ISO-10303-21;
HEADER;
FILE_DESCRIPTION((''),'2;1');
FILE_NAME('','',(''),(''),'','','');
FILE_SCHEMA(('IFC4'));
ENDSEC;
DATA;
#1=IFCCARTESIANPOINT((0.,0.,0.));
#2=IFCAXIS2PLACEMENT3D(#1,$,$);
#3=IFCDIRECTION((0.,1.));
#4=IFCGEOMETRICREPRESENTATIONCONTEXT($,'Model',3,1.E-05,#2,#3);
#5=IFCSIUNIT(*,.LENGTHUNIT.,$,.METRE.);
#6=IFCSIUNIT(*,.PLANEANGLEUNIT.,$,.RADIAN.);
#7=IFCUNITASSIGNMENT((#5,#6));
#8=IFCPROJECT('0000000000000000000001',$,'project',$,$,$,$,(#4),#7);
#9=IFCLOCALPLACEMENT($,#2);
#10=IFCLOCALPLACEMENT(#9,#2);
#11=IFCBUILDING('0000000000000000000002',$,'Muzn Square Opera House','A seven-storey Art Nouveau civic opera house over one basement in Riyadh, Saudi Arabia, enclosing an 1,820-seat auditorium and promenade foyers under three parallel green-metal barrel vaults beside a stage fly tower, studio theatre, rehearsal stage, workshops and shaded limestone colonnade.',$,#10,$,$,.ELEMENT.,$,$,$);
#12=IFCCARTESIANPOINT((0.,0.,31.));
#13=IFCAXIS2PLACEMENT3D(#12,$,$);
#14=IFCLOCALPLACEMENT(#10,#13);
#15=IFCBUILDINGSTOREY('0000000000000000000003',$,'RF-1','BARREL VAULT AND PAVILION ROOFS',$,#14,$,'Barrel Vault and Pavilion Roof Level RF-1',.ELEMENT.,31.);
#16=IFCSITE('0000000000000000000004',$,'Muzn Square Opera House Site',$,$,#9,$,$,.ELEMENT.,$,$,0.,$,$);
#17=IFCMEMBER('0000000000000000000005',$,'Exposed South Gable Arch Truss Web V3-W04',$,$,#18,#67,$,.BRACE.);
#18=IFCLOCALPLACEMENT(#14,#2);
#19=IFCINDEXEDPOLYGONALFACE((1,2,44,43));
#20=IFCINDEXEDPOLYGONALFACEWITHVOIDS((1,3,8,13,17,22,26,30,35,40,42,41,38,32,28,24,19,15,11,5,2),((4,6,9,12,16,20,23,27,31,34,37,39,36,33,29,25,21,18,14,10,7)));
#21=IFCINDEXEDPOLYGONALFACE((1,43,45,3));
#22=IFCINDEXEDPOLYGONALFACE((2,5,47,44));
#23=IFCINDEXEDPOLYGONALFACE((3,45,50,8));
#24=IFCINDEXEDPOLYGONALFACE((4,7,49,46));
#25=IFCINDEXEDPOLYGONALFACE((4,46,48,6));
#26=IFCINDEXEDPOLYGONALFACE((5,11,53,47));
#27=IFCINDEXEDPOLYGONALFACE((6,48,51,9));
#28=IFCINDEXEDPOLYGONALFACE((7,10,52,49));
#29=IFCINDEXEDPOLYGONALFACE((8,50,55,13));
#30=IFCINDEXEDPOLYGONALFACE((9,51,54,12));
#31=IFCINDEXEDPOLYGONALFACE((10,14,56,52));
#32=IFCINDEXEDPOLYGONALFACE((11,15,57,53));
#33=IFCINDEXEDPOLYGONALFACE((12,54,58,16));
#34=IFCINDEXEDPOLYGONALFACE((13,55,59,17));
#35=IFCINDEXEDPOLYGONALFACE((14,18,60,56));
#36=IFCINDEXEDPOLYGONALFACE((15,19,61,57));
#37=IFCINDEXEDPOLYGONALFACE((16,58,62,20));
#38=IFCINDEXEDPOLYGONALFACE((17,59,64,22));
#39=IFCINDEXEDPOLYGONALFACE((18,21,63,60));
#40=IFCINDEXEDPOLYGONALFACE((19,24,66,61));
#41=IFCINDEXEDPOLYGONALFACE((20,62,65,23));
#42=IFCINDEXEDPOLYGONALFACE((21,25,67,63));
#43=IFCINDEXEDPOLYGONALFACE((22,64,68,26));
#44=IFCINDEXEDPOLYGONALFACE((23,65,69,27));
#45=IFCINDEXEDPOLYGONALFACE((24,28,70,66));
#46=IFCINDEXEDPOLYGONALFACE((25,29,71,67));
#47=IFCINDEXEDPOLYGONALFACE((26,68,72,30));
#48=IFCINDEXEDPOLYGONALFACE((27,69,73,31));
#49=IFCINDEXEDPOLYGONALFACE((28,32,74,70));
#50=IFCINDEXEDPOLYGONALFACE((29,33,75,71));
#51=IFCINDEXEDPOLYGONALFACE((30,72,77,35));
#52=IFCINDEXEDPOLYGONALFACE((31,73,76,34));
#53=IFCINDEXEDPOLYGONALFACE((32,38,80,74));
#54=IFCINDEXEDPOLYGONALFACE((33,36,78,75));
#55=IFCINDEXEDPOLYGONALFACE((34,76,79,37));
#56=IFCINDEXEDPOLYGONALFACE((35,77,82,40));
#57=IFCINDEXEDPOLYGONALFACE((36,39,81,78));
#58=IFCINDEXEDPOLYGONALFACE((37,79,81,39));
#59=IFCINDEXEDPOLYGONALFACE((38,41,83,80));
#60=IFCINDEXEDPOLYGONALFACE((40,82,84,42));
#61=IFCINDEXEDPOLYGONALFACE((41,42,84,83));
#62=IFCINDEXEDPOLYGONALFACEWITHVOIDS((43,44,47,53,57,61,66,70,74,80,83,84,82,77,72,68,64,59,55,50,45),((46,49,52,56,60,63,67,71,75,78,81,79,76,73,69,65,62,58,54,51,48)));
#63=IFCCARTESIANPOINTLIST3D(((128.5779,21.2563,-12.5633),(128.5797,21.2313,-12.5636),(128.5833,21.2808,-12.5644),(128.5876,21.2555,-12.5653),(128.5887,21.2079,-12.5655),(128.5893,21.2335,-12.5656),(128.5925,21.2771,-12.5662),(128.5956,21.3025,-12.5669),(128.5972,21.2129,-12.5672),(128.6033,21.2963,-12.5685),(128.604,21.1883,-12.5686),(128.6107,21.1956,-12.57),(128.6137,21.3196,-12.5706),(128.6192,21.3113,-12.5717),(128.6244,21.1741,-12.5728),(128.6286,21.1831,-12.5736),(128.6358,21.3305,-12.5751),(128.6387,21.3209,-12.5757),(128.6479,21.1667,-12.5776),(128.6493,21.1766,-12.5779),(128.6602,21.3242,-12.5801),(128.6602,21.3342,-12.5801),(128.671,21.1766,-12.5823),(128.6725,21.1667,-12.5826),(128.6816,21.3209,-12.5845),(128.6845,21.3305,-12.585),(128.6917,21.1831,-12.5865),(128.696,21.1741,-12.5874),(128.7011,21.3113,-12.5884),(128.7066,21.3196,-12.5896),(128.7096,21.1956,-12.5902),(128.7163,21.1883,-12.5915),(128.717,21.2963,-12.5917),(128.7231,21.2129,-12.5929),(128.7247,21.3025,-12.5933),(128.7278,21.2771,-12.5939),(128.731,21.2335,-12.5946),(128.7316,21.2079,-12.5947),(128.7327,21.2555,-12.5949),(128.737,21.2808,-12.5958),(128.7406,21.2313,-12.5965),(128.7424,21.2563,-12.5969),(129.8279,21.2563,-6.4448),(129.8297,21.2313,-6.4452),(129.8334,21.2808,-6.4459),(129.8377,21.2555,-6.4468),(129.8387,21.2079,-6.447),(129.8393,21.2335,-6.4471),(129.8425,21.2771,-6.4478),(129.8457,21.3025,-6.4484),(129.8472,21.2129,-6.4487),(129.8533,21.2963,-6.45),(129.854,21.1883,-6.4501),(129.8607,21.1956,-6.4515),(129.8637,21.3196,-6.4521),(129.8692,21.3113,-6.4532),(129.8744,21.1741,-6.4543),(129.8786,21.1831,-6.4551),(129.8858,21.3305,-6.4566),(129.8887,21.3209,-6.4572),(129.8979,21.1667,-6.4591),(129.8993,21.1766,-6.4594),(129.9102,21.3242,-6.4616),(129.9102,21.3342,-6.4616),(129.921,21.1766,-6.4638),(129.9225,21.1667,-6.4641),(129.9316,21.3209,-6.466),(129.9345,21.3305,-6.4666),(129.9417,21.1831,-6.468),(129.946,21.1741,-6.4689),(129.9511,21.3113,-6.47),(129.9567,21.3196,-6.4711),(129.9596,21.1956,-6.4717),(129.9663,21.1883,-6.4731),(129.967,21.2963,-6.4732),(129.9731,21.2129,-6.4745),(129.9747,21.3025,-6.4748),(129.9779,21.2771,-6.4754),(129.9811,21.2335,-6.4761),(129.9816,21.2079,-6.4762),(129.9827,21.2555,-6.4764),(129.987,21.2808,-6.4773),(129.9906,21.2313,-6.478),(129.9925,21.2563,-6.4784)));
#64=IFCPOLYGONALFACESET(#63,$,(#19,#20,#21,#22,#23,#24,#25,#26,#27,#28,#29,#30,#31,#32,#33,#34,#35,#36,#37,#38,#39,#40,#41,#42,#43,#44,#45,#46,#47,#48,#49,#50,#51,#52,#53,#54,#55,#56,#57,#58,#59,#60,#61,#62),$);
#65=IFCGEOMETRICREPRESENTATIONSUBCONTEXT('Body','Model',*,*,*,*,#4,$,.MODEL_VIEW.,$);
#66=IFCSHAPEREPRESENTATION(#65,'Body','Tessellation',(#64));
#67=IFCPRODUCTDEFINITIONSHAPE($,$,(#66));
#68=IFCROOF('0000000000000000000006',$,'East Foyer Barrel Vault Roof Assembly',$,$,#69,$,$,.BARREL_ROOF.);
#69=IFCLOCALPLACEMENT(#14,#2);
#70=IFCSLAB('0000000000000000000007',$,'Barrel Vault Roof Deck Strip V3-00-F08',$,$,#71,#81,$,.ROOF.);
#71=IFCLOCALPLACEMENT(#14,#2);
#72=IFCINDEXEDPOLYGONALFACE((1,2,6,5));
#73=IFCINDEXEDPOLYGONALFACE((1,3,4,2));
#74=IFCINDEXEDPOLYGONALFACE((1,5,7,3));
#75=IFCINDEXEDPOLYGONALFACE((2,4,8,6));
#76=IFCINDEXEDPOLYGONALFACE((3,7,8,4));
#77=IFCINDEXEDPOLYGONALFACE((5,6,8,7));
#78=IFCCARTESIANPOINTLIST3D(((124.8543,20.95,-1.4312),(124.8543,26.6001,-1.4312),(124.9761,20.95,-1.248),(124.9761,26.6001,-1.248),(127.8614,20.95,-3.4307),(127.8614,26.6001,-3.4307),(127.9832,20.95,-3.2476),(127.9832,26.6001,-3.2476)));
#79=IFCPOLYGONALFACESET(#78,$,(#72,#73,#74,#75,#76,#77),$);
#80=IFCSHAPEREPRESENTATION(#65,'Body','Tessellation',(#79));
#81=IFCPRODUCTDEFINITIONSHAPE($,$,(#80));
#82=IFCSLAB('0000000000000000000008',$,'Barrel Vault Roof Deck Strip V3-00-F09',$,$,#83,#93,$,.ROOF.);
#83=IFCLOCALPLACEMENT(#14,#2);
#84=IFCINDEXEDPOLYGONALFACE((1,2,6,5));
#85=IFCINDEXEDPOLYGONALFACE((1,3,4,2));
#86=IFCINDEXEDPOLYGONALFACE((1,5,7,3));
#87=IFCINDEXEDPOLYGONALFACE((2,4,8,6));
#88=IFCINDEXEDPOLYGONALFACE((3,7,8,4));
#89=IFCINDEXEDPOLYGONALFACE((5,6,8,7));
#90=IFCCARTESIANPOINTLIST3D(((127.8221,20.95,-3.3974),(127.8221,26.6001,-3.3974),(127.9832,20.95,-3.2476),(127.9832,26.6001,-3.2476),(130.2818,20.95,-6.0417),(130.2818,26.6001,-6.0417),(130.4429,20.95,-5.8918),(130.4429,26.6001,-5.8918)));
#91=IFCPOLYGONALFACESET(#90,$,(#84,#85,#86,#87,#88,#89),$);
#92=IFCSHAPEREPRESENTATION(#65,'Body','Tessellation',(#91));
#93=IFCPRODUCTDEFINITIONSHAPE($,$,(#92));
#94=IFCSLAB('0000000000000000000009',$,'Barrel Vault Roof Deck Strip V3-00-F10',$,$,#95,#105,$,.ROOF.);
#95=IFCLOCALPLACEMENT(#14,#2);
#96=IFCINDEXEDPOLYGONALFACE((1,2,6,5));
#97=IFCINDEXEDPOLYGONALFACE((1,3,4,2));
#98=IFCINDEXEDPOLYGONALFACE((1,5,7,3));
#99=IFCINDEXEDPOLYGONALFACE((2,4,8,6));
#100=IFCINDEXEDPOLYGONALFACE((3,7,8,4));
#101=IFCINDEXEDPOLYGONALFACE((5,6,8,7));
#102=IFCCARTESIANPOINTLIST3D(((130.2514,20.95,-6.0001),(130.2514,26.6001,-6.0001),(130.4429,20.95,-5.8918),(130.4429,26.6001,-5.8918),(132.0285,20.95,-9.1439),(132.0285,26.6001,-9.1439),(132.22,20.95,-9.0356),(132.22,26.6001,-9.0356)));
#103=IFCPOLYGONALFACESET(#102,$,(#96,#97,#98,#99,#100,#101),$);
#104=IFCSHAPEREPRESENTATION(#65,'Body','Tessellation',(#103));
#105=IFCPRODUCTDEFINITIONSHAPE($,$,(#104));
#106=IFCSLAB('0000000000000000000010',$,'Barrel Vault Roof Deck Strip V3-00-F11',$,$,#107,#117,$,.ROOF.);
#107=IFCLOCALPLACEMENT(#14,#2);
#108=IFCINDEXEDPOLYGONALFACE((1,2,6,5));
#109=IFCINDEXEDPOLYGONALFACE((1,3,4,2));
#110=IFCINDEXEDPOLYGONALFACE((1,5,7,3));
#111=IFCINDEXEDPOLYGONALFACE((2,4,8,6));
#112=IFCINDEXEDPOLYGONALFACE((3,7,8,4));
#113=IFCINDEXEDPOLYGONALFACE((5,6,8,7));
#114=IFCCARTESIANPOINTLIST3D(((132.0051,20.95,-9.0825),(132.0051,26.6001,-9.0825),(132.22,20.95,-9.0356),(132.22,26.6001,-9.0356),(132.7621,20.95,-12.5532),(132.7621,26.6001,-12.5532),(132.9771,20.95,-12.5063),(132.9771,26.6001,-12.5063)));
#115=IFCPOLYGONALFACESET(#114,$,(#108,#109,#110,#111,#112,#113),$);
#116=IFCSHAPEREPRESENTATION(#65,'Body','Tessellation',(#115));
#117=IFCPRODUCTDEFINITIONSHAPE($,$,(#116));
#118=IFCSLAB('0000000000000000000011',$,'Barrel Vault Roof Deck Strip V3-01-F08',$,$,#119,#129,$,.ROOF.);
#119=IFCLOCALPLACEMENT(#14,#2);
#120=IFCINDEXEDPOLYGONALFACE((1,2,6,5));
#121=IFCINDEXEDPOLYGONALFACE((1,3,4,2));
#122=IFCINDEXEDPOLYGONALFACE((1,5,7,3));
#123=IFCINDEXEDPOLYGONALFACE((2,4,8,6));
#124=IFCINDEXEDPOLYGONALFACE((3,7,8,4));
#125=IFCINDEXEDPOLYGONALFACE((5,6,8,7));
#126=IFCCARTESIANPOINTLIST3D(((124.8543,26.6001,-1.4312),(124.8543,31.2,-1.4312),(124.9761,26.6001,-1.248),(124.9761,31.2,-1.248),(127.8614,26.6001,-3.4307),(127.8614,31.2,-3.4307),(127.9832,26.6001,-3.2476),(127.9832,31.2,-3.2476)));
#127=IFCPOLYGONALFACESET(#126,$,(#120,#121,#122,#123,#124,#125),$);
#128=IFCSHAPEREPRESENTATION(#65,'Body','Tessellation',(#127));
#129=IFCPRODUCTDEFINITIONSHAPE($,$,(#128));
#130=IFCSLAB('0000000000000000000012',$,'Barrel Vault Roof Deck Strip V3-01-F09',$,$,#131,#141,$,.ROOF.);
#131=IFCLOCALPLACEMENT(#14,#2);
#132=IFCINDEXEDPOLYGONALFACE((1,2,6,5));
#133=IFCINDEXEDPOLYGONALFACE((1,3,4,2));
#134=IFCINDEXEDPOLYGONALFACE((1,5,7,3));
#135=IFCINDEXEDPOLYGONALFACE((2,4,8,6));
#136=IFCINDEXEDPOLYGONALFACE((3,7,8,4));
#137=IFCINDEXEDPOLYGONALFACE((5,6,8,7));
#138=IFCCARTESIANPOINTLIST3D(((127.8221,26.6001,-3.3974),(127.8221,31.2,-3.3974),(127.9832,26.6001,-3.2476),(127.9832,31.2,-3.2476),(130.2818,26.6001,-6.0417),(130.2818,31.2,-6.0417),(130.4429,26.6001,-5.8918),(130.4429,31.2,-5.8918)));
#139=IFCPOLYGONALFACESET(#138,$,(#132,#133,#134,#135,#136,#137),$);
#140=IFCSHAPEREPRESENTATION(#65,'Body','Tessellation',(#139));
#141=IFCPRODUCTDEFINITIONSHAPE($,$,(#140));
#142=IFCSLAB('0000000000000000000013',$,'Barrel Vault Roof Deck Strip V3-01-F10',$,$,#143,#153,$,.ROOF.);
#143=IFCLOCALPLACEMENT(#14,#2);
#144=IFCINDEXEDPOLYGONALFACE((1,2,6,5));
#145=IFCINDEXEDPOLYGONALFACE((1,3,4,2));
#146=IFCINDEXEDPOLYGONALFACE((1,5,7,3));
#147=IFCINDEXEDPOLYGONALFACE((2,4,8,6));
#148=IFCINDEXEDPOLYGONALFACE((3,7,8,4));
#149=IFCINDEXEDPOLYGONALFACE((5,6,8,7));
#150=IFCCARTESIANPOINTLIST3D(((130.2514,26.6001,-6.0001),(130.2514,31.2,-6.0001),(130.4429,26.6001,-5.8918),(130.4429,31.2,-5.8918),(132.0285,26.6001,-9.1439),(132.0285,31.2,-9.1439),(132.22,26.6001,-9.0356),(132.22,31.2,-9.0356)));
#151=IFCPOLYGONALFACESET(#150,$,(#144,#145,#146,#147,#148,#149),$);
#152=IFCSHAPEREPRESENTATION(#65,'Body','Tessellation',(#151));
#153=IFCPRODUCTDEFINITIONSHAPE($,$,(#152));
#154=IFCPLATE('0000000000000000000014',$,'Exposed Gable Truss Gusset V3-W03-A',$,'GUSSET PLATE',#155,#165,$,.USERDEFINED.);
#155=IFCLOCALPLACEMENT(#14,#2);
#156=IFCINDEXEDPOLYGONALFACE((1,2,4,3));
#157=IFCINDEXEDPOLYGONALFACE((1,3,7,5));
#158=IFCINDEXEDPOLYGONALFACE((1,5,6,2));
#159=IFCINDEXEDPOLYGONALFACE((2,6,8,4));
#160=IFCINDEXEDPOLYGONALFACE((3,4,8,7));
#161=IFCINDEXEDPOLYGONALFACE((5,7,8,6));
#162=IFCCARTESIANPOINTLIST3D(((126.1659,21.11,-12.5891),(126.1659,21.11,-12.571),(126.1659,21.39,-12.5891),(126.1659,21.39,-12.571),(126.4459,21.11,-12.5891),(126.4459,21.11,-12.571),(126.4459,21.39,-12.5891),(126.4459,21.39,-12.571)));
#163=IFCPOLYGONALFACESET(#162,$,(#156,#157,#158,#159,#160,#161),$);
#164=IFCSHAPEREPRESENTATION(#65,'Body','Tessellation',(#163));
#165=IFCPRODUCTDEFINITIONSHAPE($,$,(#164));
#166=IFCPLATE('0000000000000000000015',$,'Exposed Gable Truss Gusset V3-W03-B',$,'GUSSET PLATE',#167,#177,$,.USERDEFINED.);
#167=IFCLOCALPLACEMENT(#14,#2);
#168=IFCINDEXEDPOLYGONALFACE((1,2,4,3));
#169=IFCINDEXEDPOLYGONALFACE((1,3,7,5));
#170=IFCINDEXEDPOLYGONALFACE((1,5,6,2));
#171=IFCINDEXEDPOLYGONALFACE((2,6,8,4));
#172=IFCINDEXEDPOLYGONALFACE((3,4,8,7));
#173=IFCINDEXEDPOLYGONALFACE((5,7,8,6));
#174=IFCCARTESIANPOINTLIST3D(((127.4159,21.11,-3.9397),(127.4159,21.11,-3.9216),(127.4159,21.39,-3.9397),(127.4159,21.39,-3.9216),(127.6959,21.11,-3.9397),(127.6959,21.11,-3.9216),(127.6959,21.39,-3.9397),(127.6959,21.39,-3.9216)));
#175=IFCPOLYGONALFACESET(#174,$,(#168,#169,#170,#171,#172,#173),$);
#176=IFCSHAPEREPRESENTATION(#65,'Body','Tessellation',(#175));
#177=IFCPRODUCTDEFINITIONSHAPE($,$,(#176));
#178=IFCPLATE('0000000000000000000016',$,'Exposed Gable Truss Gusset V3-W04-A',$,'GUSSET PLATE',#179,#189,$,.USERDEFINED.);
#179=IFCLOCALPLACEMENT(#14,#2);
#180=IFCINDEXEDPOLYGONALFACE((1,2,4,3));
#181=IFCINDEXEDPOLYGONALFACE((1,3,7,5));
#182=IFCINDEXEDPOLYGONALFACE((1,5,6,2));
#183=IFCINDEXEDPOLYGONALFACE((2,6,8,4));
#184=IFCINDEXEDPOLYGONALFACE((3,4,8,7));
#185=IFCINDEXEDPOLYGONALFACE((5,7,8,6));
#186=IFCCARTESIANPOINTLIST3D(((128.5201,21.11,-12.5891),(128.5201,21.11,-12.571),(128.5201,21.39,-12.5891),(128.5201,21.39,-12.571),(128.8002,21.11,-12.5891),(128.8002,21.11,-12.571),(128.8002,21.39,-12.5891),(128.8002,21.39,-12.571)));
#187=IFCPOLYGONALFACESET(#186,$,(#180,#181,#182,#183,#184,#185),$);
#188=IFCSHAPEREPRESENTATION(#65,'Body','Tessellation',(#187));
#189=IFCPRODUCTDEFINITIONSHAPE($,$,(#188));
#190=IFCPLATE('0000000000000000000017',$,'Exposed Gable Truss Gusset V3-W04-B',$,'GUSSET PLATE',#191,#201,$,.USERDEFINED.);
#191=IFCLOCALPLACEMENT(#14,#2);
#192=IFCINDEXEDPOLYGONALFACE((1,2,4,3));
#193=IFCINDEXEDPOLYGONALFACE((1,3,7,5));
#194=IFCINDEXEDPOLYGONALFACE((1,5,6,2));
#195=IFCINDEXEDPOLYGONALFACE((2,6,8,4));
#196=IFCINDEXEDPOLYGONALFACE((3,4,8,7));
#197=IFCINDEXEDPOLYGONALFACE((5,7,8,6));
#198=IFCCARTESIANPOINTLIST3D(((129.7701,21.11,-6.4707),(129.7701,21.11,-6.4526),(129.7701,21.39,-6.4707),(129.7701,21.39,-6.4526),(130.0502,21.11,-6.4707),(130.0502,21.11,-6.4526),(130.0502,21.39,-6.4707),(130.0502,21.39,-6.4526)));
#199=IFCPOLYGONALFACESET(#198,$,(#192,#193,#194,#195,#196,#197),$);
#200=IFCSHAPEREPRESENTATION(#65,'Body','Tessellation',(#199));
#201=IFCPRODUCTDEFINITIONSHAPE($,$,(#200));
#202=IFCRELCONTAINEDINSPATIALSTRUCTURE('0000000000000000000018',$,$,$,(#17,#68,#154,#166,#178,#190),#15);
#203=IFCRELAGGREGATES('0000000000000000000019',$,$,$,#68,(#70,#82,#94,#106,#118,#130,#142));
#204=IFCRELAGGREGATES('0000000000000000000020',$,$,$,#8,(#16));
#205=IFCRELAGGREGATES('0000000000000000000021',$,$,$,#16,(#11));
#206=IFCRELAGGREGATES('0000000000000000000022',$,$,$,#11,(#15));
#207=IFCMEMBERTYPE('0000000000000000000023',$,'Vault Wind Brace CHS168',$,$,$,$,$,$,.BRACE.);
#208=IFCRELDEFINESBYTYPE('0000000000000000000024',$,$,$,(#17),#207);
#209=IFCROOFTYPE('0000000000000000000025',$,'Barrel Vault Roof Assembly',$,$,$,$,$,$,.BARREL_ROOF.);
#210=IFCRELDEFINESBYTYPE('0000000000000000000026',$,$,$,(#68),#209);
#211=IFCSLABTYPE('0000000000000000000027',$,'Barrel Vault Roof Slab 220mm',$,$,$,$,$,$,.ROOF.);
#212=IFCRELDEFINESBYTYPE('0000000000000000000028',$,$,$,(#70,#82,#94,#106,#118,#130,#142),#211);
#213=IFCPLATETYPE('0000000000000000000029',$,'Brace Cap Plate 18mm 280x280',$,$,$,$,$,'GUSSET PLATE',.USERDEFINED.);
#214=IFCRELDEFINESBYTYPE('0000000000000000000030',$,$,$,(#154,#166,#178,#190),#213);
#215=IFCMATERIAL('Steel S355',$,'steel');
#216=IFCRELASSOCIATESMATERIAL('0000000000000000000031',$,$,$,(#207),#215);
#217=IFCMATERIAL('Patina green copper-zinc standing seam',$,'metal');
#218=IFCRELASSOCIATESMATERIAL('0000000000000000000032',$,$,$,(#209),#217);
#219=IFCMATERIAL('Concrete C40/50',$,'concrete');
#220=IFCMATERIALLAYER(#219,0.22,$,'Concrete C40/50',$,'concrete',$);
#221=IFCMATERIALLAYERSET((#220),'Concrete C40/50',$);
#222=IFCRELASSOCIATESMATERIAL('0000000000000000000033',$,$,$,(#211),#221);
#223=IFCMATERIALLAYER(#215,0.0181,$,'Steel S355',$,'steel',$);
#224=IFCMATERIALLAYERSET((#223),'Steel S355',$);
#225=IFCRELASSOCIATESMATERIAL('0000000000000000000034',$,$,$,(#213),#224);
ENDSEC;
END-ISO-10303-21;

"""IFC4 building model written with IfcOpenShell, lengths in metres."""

from ifc_helpers import new_model, si_unit, direction, frame, origin, origin_2d, place, context, subcontext, project, spatial, polyline, rectangle, hollow_circle, outline, extrude, material, layer, layer_set, material_profile, profile_set, type_object, element, aggregate, save


model = new_model("IFC4")

# Units and contexts
model_context = context("Model", 3, precision=1e-05, world=origin(), true_north=direction((0.0, 1.0)))
body_context = subcontext(model_context, "Body", "Model", "MODEL_VIEW")
ifc_project = project(units=[si_unit("LENGTHUNIT", "METRE"), si_unit("PLANEANGLEUNIT", "RADIAN")], contexts=[model_context])

# Site, building, storey
site_placement = place(None, origin())
site = spatial("IfcSite", under=ifc_project, at=site_placement, Name="Muzn Square Opera House Site", CompositionType="ELEMENT", RefElevation=0.0)
building_placement = place(site_placement, origin())
building = spatial("IfcBuilding", under=site, at=building_placement, Name="Muzn Square Opera House", Description="A seven-storey Art Nouveau civic opera house over one basement in Riyadh, Saudi Arabia, enclosing an 1,820-seat auditorium and promenade foyers under three parallel green-metal barrel vaults beside a stage fly tower, studio theatre, rehearsal stage, workshops and shaded limestone colonnade.", CompositionType="ELEMENT")
storey_placement = place(building_placement, frame((0.0, 0.0, 31.0)))
storey = spatial("IfcBuildingStorey", under=building, at=storey_placement, Name="RF-1", Description="BARREL VAULT AND PAVILION ROOFS", LongName="Barrel Vault and Pavilion Roof Level RF-1", CompositionType="ELEMENT", Elevation=31.0)

# Shared definitions
ifc_material_1 = material(Name="Steel S355", Category="steel")

# Member
ifc_material_profile_1 = material_profile(ifc_material_1, hollow_circle(Radius=0.0842, WallThickness=0.01, at=origin_2d()), Name="CHS 168.3x10", Category="steel")
ifc_profile_set_1 = profile_set([ifc_material_profile_1], Name="Steel S355")
member_type = type_object("IfcMemberType", Name="Vault Wind Brace CHS168", PredefinedType="BRACE", material=ifc_profile_set_1)
member_1_placement = place(storey_placement, frame((128.6602, 21.25, -12.5801), z_axis=(0.200167, 0.0, 0.979762), x_axis=(0.0, 1.0, 0.0)))
element("IfcMember", 1, at=member_1_placement, inside=storey, type_object=member_type, Name="Exposed South Gable Arch Truss Web V3-W04", PredefinedType="BRACE", context=body_context, shape_type="SweptSolid", body=[
    extrude(hollow_circle(Radius=0.0842, WallThickness=0.01, at=origin_2d()), origin(), (0.0, 0.0, 1.0), 6.2449),
])

# Roof, slabs
ifc_material_2 = material(Name="Patina green copper-zinc standing seam", Category="metal")
roof_type = type_object("IfcRoofType", Name="Barrel Vault Roof Assembly", PredefinedType="BARREL_ROOF", material=ifc_material_2)
roof_placement = place(storey_placement, origin())
roof = element("IfcRoof", 2, at=roof_placement, inside=storey, type_object=roof_type, Name="East Foyer Barrel Vault Roof Assembly", PredefinedType="BARREL_ROOF")
ifc_material_3 = material(Name="Concrete C40/50", Category="concrete")
ifc_layer_1 = layer(ifc_material_3, 0.22, Name="Concrete C40/50", Category="concrete")
ifc_layer_set_1 = layer_set([ifc_layer_1], Name="Concrete C40/50")
slab_type = type_object("IfcSlabType", Name="Barrel Vault Roof Slab 220mm", PredefinedType="ROOF", material=ifc_layer_set_1)
slab_1_placement = place(storey_placement, frame((124.9761, 20.95, -1.248), z_axis=(0.553701, 0.0, 0.832715), x_axis=(0.832715, 0.0, -0.553701)))
slab_1 = element("IfcSlab", 3, at=slab_1_placement, type_object=slab_type, Name="Barrel Vault Roof Deck Strip V3-00-F08", PredefinedType="ROOF", context=body_context, shape_type="SweptSolid", body=[
    extrude(outline(polyline([(0.0, 0.0), (3.6112, 0.0), (3.6112, 5.6501), (0.0, 5.6501), (0.0, 0.0)])), origin(), (0.0, 0.0, -1.0), 0.22),
])
slab_2_placement = place(storey_placement, frame((127.9832, 20.95, -3.2476), z_axis=(0.732198, 0.0, 0.681091), x_axis=(0.681091, 0.0, -0.732198)))
slab_2 = element("IfcSlab", 4, at=slab_2_placement, type_object=slab_type, Name="Barrel Vault Roof Deck Strip V3-00-F09", PredefinedType="ROOF", context=body_context, shape_type="SweptSolid", body=[
    extrude(outline(polyline([(0.0, 0.0), (3.6114, 0.0), (3.6114, 5.6501), (0.0, 5.6501), (0.0, 0.0)])), origin(), (0.0, 0.0, -1.0), 0.22),
])
slab_3_placement = place(storey_placement, frame((130.4429, 20.95, -5.8918), z_axis=(0.870543, 0.0, 0.492093), x_axis=(0.492093, 0.0, -0.870543)))
slab_3 = element("IfcSlab", 5, at=slab_3_placement, type_object=slab_type, Name="Barrel Vault Roof Deck Strip V3-00-F10", PredefinedType="ROOF", context=body_context, shape_type="SweptSolid", body=[
    extrude(outline(polyline([(0.0, 0.0), (3.6113, 0.0), (3.6113, 5.6501), (0.0, 5.6501), (0.0, 0.0)])), origin(), (0.0, 0.0, -1.0), 0.22),
])
slab_4_placement = place(storey_placement, frame((132.22, 20.95, -9.0356), z_axis=(0.977025, 0.0, 0.213123), x_axis=(0.213123, 0.0, -0.977025)))
slab_4 = element("IfcSlab", 6, at=slab_4_placement, type_object=slab_type, Name="Barrel Vault Roof Deck Strip V3-00-F11", PredefinedType="ROOF", context=body_context, shape_type="SweptSolid", body=[
    extrude(outline(polyline([(0.0, 0.0), (3.5523, 0.0), (3.5523, 5.6501), (0.0, 5.6501), (0.0, 0.0)])), origin(), (0.0, 0.0, -1.0), 0.22),
])
slab_5_placement = place(storey_placement, frame((124.9761, 26.6001, -1.248), z_axis=(0.553701, 0.0, 0.832715), x_axis=(0.832715, 0.0, -0.553701)))
slab_5 = element("IfcSlab", 7, at=slab_5_placement, type_object=slab_type, Name="Barrel Vault Roof Deck Strip V3-01-F08", PredefinedType="ROOF", context=body_context, shape_type="SweptSolid", body=[
    extrude(outline(polyline([(0.0, 0.0), (3.6112, 0.0), (3.6112, 4.5999), (0.0, 4.5999), (0.0, 0.0)])), origin(), (0.0, 0.0, -1.0), 0.22),
])
slab_6_placement = place(storey_placement, frame((127.9832, 26.6001, -3.2476), z_axis=(0.732198, 0.0, 0.681091), x_axis=(0.681091, 0.0, -0.732198)))
slab_6 = element("IfcSlab", 8, at=slab_6_placement, type_object=slab_type, Name="Barrel Vault Roof Deck Strip V3-01-F09", PredefinedType="ROOF", context=body_context, shape_type="SweptSolid", body=[
    extrude(outline(polyline([(0.0, 0.0), (3.6114, 0.0), (3.6114, 4.5999), (0.0, 4.5999), (0.0, 0.0)])), origin(), (0.0, 0.0, -1.0), 0.22),
])
slab_7_placement = place(storey_placement, frame((130.4429, 26.6001, -5.8918), z_axis=(0.870543, 0.0, 0.492093), x_axis=(0.492093, 0.0, -0.870543)))
slab_7 = element("IfcSlab", 9, at=slab_7_placement, type_object=slab_type, Name="Barrel Vault Roof Deck Strip V3-01-F10", PredefinedType="ROOF", context=body_context, shape_type="SweptSolid", body=[
    extrude(outline(polyline([(0.0, 0.0), (3.6113, 0.0), (3.6113, 4.5999), (0.0, 4.5999), (0.0, 0.0)])), origin(), (0.0, 0.0, -1.0), 0.22),
])
aggregate(roof, [slab_1, slab_2, slab_3, slab_4, slab_5, slab_6, slab_7])

# Plates
ifc_layer_2 = layer(ifc_material_1, 0.0181, Name="Steel S355", Category="steel")
ifc_layer_set_2 = layer_set([ifc_layer_2], Name="Steel S355")
plate_type = type_object("IfcPlateType", Name="Brace Cap Plate 18mm 280x280", ElementType="GUSSET PLATE", PredefinedType="USERDEFINED", material=ifc_layer_set_2)
for number, where, z_axis, x_axis, name in (
    (10, (126.3059, 21.25, -12.5891), (0.0, 0.0, 1.0), (1.0, 0.0, 0.0), "Exposed Gable Truss Gusset V3-W03-A"),
    (11, (127.5559, 21.25, -3.9397), (0.0, 0.0, 1.0), (1.0, 0.0, 0.0), "Exposed Gable Truss Gusset V3-W03-B"),
    (12, (128.6602, 21.25, -12.5891), (0.0, 0.0, 1.0), (1.0, 0.0, 0.0), "Exposed Gable Truss Gusset V3-W04-A"),
    (13, (129.9102, 21.25, -6.4707), (0.0, 0.0, 1.0), (1.0, 0.0, 0.0), "Exposed Gable Truss Gusset V3-W04-B"),
):
    element("IfcPlate", number, at=place(storey_placement, frame(where, z_axis=z_axis, x_axis=x_axis)), inside=storey, type_object=plate_type, Name=name, ObjectType="GUSSET PLATE", PredefinedType="USERDEFINED", context=body_context, shape_type="SweptSolid", body=[
        extrude(rectangle(XDim=0.28, YDim=0.28, at=origin_2d()), origin(), (0.0, 0.0, 1.0), 0.0181),
    ])

save(model, "model.ifc")
